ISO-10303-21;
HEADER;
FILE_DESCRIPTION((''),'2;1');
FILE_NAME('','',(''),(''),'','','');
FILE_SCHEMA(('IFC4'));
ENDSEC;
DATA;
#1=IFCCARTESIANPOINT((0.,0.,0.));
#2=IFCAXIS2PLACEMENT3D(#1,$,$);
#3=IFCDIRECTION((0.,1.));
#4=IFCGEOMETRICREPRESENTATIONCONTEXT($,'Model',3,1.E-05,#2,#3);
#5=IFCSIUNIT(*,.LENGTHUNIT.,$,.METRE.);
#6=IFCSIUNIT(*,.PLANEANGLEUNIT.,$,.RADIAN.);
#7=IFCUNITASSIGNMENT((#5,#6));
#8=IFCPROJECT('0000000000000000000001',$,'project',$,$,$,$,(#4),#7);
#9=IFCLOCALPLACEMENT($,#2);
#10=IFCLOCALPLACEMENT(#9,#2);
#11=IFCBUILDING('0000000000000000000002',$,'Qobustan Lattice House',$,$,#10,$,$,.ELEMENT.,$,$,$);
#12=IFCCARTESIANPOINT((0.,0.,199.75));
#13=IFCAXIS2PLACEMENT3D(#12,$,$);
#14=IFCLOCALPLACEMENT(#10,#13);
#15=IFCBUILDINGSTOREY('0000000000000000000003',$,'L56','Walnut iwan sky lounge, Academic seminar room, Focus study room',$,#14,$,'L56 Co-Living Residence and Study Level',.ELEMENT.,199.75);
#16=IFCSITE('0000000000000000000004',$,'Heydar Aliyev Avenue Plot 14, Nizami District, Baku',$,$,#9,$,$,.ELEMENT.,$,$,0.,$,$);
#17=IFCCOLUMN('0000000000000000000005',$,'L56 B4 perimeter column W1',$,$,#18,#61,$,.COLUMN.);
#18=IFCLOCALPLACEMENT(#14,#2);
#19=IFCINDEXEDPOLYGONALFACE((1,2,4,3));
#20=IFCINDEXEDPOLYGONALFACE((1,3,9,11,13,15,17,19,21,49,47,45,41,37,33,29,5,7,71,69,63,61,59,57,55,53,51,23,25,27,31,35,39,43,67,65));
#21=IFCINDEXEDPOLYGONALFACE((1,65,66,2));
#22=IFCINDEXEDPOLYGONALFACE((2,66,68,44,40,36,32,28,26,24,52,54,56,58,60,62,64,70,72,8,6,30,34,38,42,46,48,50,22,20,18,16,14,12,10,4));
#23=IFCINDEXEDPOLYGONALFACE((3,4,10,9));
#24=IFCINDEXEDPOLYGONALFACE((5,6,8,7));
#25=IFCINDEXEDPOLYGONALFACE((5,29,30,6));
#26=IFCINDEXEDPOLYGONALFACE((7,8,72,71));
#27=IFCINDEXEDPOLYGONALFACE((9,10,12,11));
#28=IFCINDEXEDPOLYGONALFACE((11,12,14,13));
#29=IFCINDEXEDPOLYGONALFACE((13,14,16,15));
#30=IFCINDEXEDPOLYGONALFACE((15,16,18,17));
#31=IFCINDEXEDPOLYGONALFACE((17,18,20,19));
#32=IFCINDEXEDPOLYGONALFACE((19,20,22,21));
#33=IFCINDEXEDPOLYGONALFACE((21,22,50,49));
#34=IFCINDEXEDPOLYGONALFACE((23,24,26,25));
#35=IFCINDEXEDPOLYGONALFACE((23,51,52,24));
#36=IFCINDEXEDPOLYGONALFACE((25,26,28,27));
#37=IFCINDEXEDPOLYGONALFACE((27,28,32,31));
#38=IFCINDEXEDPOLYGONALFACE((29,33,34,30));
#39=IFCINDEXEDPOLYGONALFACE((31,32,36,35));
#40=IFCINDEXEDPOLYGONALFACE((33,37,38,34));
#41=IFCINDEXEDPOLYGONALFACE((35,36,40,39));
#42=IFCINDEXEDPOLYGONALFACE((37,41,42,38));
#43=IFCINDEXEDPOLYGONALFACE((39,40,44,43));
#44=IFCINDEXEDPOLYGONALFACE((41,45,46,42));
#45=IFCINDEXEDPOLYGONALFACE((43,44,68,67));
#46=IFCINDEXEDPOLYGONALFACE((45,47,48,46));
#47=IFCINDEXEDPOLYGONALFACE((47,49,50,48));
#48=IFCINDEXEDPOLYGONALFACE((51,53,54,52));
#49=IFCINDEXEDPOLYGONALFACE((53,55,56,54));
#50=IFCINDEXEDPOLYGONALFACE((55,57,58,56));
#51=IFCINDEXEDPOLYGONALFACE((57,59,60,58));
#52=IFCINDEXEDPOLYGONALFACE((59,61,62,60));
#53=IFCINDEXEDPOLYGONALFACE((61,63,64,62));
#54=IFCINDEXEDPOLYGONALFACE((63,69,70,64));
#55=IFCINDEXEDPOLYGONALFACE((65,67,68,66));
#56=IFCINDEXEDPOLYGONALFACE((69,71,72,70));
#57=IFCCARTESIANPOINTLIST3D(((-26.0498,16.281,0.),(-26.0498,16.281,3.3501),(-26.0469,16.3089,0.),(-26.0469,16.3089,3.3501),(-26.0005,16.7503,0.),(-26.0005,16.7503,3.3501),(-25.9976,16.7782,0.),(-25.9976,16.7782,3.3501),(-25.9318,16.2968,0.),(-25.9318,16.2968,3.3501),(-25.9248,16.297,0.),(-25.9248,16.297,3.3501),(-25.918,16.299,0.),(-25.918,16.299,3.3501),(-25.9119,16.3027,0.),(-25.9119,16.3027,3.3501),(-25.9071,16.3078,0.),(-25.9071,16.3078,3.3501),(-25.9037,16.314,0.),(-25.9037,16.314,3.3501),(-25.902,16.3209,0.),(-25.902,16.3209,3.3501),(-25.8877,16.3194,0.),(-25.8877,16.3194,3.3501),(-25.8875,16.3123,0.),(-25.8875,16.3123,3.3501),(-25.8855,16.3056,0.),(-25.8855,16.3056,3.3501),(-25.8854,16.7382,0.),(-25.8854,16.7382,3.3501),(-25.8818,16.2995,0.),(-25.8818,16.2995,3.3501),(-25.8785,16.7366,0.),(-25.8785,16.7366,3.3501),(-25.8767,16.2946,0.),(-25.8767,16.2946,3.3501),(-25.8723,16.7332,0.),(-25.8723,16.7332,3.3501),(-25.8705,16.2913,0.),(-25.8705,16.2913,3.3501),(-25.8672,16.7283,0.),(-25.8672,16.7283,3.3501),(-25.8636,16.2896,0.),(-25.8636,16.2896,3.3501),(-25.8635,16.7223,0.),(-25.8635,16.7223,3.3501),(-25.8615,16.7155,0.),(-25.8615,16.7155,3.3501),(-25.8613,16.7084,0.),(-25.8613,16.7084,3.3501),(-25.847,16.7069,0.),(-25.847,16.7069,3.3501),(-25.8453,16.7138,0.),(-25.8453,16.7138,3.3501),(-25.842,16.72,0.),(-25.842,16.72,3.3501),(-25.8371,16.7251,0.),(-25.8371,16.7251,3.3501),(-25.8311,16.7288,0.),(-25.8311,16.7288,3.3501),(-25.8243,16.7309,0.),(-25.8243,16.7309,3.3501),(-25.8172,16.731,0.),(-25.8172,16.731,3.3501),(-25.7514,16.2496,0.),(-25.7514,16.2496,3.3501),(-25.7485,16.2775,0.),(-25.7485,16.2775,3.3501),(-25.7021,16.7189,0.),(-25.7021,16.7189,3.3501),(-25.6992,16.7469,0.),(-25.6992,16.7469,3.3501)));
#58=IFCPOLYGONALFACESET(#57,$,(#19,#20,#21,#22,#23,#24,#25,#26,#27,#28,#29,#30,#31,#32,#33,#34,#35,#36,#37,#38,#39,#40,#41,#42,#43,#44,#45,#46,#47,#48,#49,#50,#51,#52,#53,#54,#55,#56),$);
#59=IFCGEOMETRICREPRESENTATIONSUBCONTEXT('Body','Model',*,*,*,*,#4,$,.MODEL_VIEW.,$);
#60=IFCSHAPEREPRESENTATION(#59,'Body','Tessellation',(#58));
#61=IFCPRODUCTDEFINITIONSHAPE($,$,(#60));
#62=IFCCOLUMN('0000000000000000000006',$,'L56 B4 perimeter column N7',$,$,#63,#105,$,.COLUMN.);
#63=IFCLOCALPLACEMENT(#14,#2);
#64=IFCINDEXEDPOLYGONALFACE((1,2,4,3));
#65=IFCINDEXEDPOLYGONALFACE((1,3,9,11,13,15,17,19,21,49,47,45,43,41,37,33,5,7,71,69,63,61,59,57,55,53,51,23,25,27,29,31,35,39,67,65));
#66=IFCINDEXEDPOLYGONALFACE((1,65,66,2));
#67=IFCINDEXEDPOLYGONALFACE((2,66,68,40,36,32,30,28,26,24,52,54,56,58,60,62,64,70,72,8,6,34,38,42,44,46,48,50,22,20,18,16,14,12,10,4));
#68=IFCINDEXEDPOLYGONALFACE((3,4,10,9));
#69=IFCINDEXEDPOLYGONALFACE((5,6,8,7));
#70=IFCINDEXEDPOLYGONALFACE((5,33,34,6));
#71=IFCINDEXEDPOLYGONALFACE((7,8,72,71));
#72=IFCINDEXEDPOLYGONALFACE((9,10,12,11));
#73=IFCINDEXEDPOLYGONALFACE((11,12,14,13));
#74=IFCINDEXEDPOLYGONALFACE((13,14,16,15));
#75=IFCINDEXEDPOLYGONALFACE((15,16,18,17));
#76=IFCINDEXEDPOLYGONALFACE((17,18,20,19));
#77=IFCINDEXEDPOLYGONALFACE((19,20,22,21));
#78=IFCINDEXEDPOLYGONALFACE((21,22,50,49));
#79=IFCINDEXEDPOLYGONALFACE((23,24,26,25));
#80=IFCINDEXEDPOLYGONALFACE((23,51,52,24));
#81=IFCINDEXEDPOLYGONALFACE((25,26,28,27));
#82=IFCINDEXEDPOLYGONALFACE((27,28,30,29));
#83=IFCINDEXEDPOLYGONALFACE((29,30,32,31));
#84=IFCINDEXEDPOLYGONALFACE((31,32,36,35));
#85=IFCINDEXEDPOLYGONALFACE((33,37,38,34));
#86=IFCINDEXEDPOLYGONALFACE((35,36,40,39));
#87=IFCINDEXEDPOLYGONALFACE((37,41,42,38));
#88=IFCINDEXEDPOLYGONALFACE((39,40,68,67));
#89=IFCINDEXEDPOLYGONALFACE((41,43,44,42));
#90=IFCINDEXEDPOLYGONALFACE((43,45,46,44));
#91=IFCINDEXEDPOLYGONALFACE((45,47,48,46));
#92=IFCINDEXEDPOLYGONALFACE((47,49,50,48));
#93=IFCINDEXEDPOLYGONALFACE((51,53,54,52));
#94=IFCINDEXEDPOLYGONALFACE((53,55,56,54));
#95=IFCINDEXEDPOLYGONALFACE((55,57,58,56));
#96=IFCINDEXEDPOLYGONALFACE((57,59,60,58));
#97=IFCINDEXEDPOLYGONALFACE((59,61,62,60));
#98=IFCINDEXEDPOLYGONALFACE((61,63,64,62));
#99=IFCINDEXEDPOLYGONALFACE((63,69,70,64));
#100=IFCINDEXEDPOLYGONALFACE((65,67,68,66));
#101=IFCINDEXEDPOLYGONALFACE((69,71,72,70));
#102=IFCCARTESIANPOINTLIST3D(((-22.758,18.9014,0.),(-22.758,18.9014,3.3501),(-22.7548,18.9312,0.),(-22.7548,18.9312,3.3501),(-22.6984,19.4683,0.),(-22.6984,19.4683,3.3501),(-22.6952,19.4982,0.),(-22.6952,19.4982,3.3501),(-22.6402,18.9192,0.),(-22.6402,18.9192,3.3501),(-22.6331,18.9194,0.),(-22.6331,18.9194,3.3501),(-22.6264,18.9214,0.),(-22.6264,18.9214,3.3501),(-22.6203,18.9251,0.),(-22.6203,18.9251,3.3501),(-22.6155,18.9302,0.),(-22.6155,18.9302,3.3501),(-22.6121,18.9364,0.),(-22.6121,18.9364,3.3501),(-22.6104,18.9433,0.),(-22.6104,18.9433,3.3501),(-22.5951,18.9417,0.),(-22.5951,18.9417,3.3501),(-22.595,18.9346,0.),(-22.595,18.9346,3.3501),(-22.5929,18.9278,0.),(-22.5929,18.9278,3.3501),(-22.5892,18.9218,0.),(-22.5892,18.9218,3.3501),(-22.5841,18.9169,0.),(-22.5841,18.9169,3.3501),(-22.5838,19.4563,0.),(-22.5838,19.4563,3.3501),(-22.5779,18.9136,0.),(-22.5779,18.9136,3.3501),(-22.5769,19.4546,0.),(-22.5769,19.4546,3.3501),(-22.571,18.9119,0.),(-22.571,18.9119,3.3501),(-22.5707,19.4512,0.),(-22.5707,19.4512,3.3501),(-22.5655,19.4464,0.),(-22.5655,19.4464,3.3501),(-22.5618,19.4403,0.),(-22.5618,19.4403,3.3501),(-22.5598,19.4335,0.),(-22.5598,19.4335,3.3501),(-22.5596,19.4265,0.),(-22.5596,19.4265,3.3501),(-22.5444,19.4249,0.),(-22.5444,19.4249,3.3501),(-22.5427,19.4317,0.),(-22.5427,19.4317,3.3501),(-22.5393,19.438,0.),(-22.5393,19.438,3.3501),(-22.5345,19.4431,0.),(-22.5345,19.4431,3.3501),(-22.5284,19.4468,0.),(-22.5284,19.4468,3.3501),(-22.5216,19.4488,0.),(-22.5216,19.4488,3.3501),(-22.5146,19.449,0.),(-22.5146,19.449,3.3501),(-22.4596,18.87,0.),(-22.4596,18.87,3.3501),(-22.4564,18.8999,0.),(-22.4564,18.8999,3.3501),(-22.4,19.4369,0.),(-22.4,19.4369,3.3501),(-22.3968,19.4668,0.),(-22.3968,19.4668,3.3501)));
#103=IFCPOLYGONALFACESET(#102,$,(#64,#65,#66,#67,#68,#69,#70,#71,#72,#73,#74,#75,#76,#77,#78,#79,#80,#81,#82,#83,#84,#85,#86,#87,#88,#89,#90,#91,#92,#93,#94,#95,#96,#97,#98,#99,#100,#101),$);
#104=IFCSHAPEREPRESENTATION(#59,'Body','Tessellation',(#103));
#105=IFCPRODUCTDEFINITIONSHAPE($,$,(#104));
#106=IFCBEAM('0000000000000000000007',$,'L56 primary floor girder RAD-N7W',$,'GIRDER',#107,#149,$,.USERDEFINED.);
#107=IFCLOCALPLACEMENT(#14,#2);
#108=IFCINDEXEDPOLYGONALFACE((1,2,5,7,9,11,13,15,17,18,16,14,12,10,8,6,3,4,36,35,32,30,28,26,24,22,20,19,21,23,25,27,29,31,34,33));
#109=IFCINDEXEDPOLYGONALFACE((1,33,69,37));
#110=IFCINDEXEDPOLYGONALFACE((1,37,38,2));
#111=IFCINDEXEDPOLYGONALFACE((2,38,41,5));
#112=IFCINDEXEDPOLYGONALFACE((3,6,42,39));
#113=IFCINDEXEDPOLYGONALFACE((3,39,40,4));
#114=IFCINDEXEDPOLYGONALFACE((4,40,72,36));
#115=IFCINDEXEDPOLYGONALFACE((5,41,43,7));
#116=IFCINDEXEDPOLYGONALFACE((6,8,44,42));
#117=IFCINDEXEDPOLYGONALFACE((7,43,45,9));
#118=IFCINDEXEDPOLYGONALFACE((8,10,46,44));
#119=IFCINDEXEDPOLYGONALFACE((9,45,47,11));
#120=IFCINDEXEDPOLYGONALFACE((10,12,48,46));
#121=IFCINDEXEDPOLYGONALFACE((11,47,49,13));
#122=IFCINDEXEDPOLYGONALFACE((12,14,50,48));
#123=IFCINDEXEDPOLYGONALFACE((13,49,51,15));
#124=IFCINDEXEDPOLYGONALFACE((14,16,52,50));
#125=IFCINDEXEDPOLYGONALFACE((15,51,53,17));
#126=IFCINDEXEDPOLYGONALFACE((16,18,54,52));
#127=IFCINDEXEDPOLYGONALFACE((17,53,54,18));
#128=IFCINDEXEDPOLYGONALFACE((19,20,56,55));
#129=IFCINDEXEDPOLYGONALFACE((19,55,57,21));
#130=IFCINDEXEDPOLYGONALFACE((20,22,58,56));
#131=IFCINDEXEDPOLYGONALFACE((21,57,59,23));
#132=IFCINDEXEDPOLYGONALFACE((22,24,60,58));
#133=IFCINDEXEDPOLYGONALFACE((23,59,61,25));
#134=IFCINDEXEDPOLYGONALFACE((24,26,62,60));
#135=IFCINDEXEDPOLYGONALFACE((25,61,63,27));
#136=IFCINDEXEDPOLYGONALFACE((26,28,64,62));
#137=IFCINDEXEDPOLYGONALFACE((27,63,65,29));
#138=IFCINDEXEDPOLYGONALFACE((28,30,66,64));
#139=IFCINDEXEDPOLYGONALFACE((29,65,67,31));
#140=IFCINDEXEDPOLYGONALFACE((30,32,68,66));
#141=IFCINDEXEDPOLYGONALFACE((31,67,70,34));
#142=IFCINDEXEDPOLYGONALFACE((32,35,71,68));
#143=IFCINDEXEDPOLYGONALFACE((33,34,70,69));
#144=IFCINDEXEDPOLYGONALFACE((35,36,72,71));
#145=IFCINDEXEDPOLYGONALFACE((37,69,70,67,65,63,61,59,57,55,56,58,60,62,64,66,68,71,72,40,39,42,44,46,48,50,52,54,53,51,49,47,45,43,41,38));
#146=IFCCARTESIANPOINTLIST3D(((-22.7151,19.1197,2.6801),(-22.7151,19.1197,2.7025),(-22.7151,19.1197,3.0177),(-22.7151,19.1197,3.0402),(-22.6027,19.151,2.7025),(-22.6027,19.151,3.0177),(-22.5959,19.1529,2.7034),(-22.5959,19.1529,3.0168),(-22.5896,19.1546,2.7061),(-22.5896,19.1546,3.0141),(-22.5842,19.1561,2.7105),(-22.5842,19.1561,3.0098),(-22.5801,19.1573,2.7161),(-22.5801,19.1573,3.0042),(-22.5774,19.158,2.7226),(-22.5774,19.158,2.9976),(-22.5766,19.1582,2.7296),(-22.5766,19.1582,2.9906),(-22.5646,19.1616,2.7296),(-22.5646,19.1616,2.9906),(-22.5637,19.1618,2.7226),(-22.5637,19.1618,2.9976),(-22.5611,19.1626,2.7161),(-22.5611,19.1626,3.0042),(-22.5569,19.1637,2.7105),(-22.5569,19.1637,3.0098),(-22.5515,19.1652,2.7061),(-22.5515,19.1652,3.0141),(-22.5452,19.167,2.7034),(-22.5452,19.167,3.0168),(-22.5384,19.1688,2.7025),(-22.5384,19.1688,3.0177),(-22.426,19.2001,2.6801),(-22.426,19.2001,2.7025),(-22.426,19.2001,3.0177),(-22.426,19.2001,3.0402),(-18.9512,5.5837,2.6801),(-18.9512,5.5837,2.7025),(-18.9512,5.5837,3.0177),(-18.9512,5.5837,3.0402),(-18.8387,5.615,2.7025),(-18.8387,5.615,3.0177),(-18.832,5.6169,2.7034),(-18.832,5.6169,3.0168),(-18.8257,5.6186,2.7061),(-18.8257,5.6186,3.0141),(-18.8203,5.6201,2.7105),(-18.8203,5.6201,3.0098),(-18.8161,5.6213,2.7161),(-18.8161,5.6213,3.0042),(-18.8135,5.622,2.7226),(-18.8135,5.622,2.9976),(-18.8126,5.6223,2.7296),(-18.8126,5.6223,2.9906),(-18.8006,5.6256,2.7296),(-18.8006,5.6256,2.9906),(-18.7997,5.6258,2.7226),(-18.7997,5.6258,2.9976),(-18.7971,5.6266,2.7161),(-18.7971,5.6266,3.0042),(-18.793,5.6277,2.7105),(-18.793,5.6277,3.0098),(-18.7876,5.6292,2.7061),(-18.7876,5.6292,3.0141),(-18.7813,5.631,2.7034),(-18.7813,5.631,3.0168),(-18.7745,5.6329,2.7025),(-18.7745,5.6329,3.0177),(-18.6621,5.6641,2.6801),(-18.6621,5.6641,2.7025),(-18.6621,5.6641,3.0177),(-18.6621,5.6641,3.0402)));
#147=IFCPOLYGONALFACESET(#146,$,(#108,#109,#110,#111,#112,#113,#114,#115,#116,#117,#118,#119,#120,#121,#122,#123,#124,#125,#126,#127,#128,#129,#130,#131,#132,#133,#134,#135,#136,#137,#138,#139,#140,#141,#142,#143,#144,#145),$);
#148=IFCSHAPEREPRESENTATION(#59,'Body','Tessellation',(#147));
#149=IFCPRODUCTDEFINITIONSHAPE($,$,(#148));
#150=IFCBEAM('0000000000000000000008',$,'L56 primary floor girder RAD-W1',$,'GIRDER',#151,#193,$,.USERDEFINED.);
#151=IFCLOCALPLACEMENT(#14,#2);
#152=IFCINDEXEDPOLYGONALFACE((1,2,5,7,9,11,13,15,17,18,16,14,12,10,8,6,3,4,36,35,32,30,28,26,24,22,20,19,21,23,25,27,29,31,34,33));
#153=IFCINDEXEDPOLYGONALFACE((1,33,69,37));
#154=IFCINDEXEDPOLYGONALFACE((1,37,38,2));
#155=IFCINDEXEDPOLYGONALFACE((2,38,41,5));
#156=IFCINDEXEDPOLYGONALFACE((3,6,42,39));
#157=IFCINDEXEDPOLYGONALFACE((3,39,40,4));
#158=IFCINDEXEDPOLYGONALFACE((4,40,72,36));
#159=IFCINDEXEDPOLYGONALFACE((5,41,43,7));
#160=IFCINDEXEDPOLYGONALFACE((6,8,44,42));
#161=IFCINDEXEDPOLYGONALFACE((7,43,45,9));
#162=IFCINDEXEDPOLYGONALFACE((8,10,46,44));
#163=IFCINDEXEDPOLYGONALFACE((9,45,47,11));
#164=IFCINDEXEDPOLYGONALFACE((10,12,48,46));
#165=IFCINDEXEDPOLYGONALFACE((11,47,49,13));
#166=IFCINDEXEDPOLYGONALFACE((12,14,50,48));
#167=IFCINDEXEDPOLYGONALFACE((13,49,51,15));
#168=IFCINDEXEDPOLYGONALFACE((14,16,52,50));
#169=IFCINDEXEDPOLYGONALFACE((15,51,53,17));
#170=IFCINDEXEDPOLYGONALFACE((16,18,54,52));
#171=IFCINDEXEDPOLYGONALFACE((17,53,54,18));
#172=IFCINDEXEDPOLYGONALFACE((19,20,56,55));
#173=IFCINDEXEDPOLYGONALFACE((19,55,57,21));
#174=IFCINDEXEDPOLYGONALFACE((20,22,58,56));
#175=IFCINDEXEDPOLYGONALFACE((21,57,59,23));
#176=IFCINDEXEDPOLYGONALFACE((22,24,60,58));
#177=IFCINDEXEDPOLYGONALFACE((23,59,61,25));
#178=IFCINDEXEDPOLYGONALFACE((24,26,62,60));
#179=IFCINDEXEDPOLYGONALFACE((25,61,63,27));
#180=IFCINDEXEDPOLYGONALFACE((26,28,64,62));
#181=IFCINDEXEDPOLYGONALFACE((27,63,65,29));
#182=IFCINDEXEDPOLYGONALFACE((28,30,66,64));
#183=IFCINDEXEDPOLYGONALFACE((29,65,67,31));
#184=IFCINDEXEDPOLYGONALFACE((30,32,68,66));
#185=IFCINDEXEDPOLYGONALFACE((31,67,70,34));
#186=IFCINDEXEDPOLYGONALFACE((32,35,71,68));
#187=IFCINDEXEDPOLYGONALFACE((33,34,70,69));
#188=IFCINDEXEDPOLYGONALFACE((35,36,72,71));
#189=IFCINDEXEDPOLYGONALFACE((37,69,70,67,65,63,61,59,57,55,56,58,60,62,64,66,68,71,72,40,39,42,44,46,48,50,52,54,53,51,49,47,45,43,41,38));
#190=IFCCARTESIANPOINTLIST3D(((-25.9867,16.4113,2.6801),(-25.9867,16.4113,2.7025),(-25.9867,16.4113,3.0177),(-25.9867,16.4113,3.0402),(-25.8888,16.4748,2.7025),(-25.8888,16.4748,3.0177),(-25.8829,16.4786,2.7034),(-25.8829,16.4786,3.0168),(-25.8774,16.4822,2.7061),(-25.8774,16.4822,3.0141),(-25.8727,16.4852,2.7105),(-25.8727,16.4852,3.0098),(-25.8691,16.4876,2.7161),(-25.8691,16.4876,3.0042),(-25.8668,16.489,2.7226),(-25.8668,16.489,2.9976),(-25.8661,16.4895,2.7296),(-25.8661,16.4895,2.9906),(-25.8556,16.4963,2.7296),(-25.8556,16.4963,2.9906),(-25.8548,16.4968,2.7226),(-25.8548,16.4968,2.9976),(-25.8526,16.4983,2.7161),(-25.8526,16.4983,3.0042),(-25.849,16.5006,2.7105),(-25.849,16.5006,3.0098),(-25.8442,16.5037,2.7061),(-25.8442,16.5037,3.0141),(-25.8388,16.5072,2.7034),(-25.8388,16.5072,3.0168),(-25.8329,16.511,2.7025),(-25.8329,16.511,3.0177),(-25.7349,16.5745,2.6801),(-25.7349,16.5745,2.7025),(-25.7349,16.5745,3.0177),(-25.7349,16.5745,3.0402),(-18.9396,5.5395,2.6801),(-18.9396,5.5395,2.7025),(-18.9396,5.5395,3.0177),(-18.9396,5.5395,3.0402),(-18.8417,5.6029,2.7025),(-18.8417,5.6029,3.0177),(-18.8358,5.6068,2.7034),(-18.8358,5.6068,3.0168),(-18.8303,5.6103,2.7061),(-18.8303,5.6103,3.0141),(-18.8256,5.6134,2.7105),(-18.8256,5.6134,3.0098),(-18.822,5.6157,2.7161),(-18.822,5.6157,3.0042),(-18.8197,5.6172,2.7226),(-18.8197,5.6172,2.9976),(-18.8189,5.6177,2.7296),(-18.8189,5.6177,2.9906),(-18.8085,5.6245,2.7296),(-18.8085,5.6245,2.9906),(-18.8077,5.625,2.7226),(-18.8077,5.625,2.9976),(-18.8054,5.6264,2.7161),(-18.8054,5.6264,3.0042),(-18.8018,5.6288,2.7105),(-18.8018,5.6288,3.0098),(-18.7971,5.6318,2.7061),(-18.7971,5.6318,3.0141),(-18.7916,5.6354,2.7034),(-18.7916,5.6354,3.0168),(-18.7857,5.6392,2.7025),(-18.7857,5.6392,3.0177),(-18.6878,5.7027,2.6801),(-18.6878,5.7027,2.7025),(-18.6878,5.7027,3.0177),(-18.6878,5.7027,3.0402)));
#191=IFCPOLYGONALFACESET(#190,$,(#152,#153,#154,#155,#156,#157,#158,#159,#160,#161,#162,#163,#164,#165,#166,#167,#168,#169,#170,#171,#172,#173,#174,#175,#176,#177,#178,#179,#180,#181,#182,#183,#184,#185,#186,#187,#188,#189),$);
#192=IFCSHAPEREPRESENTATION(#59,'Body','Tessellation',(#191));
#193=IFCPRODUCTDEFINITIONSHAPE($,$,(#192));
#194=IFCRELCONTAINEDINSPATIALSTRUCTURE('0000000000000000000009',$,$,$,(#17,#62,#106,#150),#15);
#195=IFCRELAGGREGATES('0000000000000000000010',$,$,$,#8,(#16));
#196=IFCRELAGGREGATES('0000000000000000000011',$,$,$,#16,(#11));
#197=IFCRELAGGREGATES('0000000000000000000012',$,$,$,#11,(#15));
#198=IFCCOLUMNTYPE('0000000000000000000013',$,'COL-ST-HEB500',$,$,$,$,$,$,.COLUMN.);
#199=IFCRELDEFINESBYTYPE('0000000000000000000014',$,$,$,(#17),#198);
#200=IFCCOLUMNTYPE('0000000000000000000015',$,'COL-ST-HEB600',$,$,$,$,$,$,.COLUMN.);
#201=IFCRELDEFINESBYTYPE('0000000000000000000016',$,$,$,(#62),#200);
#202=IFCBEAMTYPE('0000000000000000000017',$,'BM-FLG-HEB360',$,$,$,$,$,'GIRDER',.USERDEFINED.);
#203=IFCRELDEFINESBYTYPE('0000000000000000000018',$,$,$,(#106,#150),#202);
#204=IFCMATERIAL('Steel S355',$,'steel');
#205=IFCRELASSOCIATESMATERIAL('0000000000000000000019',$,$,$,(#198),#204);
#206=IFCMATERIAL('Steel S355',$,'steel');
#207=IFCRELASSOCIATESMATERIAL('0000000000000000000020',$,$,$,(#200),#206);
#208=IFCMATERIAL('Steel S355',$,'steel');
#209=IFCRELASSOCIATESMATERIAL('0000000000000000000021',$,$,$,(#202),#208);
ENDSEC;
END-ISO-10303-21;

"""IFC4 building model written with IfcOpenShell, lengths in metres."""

from ifc_helpers import new_model, si_unit, direction, frame, origin, origin_2d, place, context, subcontext, project, spatial, i_section, extrude, material, material_profile, profile_set, type_object, element, save


model = new_model("IFC4")

# Units and contexts
model_context = context("Model", 3, precision=1e-05, world=origin(), true_north=direction((0.0, 1.0)))
body_context = subcontext(model_context, "Body", "Model", "MODEL_VIEW")
ifc_project = project(units=[si_unit("LENGTHUNIT", "METRE"), si_unit("PLANEANGLEUNIT", "RADIAN")], contexts=[model_context])

# Site, building, storey
site_placement = place(None, origin())
site = spatial("IfcSite", under=ifc_project, at=site_placement, Name="Heydar Aliyev Avenue Plot 14, Nizami District, Baku", CompositionType="ELEMENT", RefElevation=0.0)
building_placement = place(site_placement, origin())
building = spatial("IfcBuilding", under=site, at=building_placement, Name="Qobustan Lattice House", CompositionType="ELEMENT")
storey_placement = place(building_placement, frame((0.0, 0.0, 199.75)))
storey = spatial("IfcBuildingStorey", under=building, at=storey_placement, Name="L56", Description="Walnut iwan sky lounge, Academic seminar room, Focus study room", LongName="L56 Co-Living Residence and Study Level", CompositionType="ELEMENT", Elevation=199.75)

# Columns
ifc_material_1 = material(Name="Steel S355", Category="steel")
ifc_material_profile_1 = material_profile(ifc_material_1, i_section(OverallWidth=0.3, OverallDepth=0.5, WebThickness=0.0144, FlangeThickness=0.0281, FilletRadius=0.0271, at=origin_2d()), Name="HEB500")
ifc_profile_set_1 = profile_set([ifc_material_profile_1], Name="Steel S355")
column_type_1 = type_object("IfcColumnType", Name="COL-ST-HEB500", PredefinedType="COLUMN", material=ifc_profile_set_1)
column_1_placement = place(storey_placement, frame((-25.8745, 16.5139, 0.0), z_axis=(0.0, 0.0, 1.0), x_axis=(0.994522, -0.104528, 0.0)))
element("IfcColumn", 1, at=column_1_placement, inside=storey, type_object=column_type_1, Name="L56 B4 perimeter column W1", PredefinedType="COLUMN", context=body_context, shape_type="SweptSolid", body=[
    extrude(i_section(OverallWidth=0.3, OverallDepth=0.5, WebThickness=0.0144, FlangeThickness=0.0281, FilletRadius=0.0271, at=origin_2d()), origin(), (0.0, 0.0, 1.0), 3.3501),
])
ifc_material_2 = material(Name="Steel S355", Category="steel")
ifc_material_profile_2 = material_profile(ifc_material_2, i_section(OverallWidth=0.3, OverallDepth=0.6001, WebThickness=0.0154, FlangeThickness=0.03, FilletRadius=0.0271, at=origin_2d()), Name="HEB600")
ifc_profile_set_2 = profile_set([ifc_material_profile_2], Name="Steel S355")
column_type_2 = type_object("IfcColumnType", Name="COL-ST-HEB600", PredefinedType="COLUMN", material=ifc_profile_set_2)
column_2_placement = place(storey_placement, frame((-22.5774, 19.1841, 0.0), z_axis=(0.0, 0.0, 1.0), x_axis=(0.994522, -0.104528, 0.0)))
element("IfcColumn", 2, at=column_2_placement, inside=storey, type_object=column_type_2, Name="L56 B4 perimeter column N7", PredefinedType="COLUMN", context=body_context, shape_type="SweptSolid", body=[
    extrude(i_section(OverallWidth=0.3, OverallDepth=0.6001, WebThickness=0.0154, FlangeThickness=0.03, FilletRadius=0.0271, at=origin_2d()), origin(), (0.0, 0.0, 1.0), 3.3501),
])

# Beams
ifc_material_3 = material(Name="Steel S355", Category="steel")
ifc_material_profile_3 = material_profile(ifc_material_3, i_section(OverallWidth=0.3, OverallDepth=0.3601, WebThickness=0.0125, FlangeThickness=0.0225, FilletRadius=0.0271, at=origin_2d()), Name="HEB360")
ifc_profile_set_3 = profile_set([ifc_material_profile_3], Name="Steel S355")
beam_type_1 = type_object("IfcBeamType", Name="BM-FLG-HEB360", ElementType="GIRDER", PredefinedType="USERDEFINED", material=ifc_profile_set_3)
beam_1_placement = place(storey_placement, frame((-22.5706, 19.1599, 2.8601), z_axis=(0.267905, -0.963445, 0.0), x_axis=(0.963445, 0.267905, 0.0)))
element("IfcBeam", 3, at=beam_1_placement, inside=storey, type_object=beam_type_1, Name="L56 primary floor girder RAD-N7W", ObjectType="GIRDER", PredefinedType="USERDEFINED", context=body_context, shape_type="SweptSolid", body=[
    extrude(i_section(OverallWidth=0.3, OverallDepth=0.3601, WebThickness=0.0125, FlangeThickness=0.0225, FilletRadius=0.0271, at=origin_2d()), origin(), (0.0, 0.0, 1.0), 14.0496),
])
beam_2_placement = place(storey_placement, frame((-25.8608, 16.4929, 2.8601), z_axis=(0.543926, -0.839133, 0.0), x_axis=(0.839133, 0.543926, 0.0)))
element("IfcBeam", 4, at=beam_2_placement, inside=storey, type_object=beam_type_1, Name="L56 primary floor girder RAD-W1", ObjectType="GIRDER", PredefinedType="USERDEFINED", context=body_context, shape_type="SweptSolid", body=[
    extrude(i_section(OverallWidth=0.3, OverallDepth=0.3601, WebThickness=0.0125, FlangeThickness=0.0225, FilletRadius=0.0271, at=origin_2d()), origin(), (0.0, 0.0, 1.0), 12.9561),
])

save(model, "model.ifc")
